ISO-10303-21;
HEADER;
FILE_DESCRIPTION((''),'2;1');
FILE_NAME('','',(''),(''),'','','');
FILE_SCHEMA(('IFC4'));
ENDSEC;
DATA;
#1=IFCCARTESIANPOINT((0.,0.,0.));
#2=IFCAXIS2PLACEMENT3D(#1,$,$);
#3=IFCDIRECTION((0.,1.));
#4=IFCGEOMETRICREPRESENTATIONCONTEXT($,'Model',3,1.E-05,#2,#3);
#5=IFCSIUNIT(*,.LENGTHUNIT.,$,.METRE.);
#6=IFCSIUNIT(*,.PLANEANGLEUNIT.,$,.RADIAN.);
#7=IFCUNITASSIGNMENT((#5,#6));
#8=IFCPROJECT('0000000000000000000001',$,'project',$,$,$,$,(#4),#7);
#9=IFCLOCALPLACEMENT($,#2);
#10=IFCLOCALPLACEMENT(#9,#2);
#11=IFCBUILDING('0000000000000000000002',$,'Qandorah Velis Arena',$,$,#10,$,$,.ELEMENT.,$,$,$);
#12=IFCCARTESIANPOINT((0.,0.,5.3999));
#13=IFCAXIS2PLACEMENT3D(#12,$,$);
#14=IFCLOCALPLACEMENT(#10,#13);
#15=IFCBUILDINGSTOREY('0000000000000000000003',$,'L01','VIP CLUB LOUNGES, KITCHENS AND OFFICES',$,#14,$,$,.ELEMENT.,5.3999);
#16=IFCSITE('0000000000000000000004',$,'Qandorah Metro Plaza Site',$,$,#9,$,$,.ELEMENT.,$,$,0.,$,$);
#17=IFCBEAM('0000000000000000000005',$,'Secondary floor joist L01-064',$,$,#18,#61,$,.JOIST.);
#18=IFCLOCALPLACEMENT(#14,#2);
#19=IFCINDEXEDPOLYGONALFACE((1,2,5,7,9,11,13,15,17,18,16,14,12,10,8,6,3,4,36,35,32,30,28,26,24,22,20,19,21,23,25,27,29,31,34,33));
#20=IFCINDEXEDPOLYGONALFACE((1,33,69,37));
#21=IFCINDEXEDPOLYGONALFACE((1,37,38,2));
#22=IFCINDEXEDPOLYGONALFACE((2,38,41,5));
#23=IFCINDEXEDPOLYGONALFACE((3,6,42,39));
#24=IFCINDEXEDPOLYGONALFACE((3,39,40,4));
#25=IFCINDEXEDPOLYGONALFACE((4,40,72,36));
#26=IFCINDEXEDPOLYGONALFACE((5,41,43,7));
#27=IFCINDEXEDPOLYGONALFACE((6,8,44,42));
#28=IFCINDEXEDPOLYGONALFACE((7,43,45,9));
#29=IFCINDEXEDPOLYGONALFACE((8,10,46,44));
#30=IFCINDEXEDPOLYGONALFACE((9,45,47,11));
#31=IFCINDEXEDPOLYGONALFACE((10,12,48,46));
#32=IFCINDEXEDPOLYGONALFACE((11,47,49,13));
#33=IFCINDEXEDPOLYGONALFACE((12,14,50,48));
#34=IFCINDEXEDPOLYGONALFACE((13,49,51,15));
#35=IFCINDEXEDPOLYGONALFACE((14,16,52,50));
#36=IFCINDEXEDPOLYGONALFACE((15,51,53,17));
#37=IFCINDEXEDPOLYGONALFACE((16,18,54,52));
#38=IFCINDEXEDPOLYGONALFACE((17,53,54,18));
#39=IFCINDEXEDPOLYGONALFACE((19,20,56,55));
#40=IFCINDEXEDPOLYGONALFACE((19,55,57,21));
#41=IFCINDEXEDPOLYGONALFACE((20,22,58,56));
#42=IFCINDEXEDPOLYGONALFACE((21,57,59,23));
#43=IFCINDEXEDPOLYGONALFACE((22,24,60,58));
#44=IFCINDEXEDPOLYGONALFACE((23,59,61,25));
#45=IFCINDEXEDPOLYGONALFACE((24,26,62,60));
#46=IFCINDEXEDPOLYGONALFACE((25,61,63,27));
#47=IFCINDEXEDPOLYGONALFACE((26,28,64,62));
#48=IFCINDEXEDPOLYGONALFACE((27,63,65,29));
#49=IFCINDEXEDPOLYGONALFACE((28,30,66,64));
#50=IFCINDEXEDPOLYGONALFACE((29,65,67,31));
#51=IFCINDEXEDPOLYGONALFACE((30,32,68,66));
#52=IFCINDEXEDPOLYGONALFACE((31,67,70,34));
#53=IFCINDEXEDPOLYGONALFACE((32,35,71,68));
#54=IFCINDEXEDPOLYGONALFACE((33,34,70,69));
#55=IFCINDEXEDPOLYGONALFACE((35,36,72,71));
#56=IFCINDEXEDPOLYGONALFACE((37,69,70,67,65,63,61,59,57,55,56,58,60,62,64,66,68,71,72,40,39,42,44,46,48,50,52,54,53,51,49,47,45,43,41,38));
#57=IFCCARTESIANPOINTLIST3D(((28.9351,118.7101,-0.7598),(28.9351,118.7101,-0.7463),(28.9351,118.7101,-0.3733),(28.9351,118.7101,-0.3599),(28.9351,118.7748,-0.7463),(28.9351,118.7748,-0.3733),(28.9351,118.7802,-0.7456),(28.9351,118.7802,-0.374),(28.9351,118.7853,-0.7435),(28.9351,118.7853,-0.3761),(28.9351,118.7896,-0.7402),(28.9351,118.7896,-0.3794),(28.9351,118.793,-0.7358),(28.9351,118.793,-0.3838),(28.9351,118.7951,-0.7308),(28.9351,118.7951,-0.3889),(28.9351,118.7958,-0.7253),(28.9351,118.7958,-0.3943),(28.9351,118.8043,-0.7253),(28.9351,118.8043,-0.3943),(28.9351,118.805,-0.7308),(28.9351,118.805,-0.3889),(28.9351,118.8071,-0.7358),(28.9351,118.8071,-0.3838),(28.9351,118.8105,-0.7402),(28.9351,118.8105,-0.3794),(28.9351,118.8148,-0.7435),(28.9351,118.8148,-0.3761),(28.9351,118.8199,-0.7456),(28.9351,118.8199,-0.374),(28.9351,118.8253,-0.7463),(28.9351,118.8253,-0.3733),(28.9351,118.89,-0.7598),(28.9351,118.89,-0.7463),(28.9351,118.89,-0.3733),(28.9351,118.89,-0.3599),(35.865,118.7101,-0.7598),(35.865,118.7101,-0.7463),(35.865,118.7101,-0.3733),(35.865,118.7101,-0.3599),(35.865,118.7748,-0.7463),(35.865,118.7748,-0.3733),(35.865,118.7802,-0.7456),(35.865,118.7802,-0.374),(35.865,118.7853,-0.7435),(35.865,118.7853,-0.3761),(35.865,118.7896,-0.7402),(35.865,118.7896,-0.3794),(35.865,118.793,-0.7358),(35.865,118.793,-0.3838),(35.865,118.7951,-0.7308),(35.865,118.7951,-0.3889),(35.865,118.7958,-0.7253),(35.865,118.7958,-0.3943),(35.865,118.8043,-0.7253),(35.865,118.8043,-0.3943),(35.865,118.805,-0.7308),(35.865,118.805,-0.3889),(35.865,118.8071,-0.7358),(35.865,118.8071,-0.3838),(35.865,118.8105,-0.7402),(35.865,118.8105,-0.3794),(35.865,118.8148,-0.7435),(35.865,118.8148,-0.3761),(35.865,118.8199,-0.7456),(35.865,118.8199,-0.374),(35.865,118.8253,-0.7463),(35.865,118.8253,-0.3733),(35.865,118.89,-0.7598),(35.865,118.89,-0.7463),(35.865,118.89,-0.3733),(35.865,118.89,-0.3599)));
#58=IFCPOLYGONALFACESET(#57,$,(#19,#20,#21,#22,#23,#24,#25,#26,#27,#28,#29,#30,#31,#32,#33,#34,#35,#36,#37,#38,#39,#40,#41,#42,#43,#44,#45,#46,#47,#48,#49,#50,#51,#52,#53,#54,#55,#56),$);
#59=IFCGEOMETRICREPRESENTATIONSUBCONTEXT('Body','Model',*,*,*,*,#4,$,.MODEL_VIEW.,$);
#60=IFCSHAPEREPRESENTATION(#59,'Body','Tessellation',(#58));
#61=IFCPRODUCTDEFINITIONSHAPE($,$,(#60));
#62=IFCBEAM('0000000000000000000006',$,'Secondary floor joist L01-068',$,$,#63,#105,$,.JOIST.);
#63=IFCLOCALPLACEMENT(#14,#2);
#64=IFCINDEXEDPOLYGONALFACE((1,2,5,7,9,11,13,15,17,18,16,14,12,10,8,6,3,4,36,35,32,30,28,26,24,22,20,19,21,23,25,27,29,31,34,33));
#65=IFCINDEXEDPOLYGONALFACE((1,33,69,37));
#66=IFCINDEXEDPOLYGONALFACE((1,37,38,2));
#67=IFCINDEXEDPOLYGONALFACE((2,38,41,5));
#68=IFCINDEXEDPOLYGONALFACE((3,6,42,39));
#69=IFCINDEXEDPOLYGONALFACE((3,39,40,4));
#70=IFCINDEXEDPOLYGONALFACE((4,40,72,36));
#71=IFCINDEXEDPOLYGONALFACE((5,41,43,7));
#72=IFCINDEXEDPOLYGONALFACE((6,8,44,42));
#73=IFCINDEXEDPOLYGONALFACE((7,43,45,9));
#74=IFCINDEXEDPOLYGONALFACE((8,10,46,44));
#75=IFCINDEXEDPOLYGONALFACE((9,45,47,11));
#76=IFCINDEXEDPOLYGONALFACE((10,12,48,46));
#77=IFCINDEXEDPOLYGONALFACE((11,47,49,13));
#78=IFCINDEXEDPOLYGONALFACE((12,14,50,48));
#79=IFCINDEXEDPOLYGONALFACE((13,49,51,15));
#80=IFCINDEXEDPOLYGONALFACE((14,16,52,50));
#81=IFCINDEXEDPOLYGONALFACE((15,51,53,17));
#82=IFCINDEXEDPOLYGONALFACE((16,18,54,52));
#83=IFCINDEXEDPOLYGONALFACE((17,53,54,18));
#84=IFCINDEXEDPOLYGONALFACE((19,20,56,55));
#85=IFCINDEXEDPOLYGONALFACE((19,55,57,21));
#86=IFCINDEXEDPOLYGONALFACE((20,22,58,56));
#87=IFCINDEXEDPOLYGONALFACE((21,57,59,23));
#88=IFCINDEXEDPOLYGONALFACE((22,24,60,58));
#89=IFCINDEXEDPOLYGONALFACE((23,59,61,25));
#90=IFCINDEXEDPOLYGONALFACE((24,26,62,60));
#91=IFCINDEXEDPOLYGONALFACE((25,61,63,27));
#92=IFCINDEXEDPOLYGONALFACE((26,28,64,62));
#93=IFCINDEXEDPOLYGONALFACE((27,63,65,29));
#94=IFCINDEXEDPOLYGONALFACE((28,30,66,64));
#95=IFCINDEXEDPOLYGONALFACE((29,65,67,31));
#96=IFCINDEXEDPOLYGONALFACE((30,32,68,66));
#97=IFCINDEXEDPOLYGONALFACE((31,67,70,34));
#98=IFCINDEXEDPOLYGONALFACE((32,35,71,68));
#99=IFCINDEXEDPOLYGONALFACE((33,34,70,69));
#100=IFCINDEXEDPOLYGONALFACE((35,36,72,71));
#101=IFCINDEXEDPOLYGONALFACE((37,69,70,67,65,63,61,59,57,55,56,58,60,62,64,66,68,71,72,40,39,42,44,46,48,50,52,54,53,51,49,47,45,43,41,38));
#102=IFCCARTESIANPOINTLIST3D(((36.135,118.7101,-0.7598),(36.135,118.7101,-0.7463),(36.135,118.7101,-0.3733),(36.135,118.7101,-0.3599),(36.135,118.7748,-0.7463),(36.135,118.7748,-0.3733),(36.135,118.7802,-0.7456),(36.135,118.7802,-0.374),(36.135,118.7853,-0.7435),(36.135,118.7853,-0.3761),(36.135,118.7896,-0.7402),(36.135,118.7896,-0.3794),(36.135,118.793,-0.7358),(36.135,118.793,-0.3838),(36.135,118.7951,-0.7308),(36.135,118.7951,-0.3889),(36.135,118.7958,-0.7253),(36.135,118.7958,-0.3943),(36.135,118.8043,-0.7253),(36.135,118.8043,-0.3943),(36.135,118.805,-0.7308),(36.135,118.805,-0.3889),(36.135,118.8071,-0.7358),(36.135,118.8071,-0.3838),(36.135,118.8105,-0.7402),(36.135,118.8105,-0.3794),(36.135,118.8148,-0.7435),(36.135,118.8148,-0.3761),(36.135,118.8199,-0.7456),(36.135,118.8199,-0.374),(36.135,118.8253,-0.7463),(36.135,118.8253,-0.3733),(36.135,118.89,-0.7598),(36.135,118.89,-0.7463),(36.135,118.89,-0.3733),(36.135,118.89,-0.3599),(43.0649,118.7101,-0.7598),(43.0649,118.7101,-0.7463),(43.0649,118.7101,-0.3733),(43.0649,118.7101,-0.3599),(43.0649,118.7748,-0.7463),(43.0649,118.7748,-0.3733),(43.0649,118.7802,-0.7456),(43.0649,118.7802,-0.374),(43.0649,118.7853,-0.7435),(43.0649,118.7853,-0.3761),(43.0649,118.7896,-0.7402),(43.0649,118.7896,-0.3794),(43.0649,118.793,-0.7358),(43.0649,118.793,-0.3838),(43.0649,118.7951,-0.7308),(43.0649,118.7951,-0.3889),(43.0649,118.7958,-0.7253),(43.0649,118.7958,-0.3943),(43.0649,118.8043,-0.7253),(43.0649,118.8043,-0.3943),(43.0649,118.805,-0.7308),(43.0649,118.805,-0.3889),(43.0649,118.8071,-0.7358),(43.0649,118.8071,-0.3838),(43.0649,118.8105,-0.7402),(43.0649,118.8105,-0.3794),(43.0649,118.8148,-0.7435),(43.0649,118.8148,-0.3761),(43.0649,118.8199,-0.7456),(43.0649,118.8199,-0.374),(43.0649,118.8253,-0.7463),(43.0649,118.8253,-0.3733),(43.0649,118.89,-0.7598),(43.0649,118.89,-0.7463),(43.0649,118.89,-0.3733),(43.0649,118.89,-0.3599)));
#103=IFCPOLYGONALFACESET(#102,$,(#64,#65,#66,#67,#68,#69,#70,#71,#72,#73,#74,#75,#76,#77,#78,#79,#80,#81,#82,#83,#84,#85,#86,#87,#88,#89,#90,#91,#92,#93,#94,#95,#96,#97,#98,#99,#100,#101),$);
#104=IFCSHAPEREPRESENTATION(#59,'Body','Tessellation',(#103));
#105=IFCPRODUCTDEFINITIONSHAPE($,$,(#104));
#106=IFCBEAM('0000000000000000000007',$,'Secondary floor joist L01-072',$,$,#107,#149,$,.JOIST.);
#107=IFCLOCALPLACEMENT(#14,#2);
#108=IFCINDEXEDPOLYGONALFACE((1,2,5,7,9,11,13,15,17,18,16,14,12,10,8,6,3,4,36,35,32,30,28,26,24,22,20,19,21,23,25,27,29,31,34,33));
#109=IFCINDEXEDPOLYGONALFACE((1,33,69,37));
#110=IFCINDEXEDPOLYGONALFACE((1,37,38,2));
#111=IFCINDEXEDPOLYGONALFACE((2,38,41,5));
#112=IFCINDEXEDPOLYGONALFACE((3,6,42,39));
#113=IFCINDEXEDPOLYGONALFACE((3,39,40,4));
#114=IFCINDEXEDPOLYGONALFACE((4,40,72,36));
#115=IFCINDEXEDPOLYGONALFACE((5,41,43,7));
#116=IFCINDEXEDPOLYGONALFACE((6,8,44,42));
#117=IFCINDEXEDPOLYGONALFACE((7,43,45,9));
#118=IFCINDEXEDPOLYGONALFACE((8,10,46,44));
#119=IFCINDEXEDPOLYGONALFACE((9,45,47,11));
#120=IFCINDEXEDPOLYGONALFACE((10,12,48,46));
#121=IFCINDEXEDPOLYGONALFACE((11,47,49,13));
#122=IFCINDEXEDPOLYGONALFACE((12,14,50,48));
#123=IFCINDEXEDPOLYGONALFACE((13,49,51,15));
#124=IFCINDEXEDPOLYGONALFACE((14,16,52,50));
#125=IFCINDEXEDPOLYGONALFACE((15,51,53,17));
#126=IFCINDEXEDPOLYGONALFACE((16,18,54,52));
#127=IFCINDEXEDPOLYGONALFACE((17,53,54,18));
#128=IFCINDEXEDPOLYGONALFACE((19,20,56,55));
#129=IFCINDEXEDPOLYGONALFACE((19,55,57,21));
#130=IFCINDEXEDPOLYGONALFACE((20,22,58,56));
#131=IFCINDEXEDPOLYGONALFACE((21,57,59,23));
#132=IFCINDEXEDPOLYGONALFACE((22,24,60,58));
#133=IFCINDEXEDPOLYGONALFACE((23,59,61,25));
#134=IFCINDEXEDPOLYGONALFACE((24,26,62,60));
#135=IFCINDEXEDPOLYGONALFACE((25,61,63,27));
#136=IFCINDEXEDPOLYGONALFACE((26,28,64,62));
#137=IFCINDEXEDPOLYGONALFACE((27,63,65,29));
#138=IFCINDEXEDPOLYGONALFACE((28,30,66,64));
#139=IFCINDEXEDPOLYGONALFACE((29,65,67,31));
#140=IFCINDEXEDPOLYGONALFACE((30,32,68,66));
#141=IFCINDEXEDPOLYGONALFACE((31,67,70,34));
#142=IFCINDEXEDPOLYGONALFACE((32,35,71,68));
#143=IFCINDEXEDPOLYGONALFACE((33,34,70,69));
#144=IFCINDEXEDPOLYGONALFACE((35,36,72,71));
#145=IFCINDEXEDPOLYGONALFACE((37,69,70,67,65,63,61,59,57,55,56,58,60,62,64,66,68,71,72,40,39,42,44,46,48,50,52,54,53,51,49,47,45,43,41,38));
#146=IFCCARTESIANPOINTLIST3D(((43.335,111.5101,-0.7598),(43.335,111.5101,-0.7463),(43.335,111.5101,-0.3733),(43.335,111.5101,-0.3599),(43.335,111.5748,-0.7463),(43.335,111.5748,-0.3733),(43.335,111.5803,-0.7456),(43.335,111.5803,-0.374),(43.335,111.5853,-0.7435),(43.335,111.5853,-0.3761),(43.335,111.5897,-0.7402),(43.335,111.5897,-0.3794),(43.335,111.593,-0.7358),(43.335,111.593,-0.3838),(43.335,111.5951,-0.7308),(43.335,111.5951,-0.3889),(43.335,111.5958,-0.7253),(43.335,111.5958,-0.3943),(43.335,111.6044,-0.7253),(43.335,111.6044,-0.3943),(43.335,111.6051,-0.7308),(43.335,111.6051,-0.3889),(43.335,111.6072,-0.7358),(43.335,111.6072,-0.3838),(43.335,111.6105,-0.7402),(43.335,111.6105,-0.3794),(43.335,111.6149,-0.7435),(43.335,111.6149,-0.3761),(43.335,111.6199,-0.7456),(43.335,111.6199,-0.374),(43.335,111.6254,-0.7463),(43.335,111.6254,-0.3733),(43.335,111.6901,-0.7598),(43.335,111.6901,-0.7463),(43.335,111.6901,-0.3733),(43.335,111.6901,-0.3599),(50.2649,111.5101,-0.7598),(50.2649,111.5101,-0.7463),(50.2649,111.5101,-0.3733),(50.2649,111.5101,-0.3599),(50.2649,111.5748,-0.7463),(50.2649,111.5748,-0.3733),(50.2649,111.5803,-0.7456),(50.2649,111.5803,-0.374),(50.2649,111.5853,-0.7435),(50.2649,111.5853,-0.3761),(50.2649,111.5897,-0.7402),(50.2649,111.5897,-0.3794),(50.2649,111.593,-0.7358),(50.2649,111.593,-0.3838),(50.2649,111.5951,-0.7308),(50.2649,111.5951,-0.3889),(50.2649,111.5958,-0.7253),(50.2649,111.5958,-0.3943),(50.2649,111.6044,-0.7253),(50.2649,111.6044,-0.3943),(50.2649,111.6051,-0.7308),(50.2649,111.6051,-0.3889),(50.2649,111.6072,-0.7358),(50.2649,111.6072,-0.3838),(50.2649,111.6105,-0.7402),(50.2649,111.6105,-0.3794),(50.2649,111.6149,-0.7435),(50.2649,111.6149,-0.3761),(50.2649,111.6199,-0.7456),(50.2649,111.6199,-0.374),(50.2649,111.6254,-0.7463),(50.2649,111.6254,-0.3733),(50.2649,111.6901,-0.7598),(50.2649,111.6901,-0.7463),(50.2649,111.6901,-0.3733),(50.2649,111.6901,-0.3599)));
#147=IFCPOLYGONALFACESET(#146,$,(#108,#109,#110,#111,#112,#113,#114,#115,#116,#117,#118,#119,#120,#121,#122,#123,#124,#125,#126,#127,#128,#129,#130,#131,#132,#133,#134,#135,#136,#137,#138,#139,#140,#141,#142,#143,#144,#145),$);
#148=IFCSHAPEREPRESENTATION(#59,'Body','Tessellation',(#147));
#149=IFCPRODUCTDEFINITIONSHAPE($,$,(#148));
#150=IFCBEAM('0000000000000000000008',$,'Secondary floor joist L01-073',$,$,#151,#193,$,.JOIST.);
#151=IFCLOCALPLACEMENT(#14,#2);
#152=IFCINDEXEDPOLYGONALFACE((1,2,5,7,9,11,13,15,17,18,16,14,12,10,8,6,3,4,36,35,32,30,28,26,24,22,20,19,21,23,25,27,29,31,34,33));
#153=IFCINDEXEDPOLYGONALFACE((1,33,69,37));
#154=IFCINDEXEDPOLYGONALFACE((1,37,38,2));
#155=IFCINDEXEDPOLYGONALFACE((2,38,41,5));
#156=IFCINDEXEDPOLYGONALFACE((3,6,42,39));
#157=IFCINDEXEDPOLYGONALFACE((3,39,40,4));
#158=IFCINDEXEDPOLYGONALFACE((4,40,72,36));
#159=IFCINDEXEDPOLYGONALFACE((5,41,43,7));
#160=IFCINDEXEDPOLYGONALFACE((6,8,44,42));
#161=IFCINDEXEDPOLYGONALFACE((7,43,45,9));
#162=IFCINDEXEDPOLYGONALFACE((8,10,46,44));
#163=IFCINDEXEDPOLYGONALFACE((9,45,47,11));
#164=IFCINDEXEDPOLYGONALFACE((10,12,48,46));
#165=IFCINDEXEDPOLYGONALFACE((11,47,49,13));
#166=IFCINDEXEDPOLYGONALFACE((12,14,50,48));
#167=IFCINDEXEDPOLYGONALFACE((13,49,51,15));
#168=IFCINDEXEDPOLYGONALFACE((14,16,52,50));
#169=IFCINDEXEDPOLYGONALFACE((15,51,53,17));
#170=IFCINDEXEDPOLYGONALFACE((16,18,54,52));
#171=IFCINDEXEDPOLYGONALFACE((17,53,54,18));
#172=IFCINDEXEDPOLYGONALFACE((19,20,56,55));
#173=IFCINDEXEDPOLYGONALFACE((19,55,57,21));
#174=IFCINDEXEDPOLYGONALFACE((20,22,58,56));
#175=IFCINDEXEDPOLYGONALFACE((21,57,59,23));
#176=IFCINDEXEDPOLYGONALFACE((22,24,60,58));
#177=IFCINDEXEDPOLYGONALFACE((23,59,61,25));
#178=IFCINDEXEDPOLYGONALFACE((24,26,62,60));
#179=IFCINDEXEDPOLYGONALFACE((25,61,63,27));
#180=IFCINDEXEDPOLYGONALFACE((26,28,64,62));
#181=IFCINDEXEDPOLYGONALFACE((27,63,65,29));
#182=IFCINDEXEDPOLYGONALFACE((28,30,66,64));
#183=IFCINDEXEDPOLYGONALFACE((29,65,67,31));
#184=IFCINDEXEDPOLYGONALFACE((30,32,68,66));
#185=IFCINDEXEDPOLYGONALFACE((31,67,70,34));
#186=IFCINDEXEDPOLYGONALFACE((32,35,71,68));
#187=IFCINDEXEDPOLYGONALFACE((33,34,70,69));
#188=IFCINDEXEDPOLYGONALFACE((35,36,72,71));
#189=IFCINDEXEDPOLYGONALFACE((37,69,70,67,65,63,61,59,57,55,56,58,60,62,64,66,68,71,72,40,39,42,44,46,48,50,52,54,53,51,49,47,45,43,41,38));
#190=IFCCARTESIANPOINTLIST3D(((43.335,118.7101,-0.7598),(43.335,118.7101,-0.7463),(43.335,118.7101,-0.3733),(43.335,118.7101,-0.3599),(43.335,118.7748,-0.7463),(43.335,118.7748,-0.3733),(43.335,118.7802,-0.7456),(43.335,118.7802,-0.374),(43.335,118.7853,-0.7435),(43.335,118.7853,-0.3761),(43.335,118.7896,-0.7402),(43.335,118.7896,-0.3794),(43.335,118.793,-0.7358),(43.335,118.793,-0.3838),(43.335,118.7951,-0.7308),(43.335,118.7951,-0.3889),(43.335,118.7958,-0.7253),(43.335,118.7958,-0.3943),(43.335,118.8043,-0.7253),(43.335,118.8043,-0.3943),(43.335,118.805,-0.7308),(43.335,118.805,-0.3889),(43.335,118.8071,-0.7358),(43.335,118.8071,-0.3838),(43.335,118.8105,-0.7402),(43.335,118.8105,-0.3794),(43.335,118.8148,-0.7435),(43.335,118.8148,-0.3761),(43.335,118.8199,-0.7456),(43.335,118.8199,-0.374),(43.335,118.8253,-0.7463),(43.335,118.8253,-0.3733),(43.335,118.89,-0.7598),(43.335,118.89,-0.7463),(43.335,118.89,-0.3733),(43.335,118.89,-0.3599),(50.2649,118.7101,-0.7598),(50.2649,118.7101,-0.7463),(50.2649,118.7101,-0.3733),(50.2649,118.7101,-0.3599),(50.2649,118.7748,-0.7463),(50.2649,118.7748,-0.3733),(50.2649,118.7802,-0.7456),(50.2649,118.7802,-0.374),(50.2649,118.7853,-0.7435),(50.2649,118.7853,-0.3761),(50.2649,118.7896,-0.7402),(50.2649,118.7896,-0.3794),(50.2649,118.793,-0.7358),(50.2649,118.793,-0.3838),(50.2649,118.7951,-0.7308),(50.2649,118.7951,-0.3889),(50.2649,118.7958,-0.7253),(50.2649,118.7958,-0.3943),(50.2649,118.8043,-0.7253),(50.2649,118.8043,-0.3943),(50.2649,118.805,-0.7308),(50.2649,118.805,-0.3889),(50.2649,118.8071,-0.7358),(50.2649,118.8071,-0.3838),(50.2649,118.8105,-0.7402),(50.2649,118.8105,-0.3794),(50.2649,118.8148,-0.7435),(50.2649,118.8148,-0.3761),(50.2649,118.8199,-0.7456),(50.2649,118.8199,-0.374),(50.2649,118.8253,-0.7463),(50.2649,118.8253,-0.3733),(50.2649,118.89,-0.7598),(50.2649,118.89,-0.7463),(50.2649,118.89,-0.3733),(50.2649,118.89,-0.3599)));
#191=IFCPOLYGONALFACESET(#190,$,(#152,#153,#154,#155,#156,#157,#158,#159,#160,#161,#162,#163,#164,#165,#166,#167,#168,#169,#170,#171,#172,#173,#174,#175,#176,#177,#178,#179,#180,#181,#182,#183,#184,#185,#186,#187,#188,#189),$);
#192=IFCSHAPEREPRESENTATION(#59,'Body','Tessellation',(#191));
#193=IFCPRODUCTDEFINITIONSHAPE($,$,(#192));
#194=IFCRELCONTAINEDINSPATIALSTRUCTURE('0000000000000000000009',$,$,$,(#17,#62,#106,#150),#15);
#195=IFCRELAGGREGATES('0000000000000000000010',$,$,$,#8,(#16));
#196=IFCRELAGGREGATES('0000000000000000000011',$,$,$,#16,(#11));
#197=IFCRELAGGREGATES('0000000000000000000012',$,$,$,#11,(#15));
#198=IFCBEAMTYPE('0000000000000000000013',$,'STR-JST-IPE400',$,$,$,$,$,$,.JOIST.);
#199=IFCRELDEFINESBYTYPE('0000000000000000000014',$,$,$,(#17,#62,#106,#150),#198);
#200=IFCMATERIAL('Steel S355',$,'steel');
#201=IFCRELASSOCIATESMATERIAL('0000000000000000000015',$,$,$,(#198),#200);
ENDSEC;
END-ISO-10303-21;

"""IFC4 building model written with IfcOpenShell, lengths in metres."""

from ifc_helpers import new_model, si_unit, direction, frame, origin, origin_2d, place, context, subcontext, project, spatial, i_section, extrude, material, material_profile, profile_set, type_object, element, save


model = new_model("IFC4")

# Units and contexts
model_context = context("Model", 3, precision=1e-05, world=origin(), true_north=direction((0.0, 1.0)))
body_context = subcontext(model_context, "Body", "Model", "MODEL_VIEW")
ifc_project = project(units=[si_unit("LENGTHUNIT", "METRE"), si_unit("PLANEANGLEUNIT", "RADIAN")], contexts=[model_context])

# Site, building, storey
site_placement = place(None, origin())
site = spatial("IfcSite", under=ifc_project, at=site_placement, Name="Qandorah Metro Plaza Site", CompositionType="ELEMENT", RefElevation=0.0)
building_placement = place(site_placement, origin())
building = spatial("IfcBuilding", under=site, at=building_placement, Name="Qandorah Velis Arena", CompositionType="ELEMENT")
storey_placement = place(building_placement, frame((0.0, 0.0, 5.3999)))
storey = spatial("IfcBuildingStorey", under=building, at=storey_placement, Name="L01", Description="VIP CLUB LOUNGES, KITCHENS AND OFFICES", CompositionType="ELEMENT", Elevation=5.3999)

# Beams
ifc_material_1 = material(Name="Steel S355", Category="steel")
ifc_material_profile_1 = material_profile(ifc_material_1, i_section(OverallWidth=0.1799, OverallDepth=0.3999, WebThickness=0.0085, FlangeThickness=0.0134, FilletRadius=0.021, at=origin_2d()), Name="IPE 400")
ifc_profile_set_1 = profile_set([ifc_material_profile_1], Name="Steel S355")
beam_type_1 = type_object("IfcBeamType", Name="STR-JST-IPE400", PredefinedType="JOIST", material=ifc_profile_set_1)
for number, where, z_axis, x_axis, name in (
    (1, (28.9351, 118.8, -0.5598), (1.0, 0.0, 0.0), (0.0, 1.0, 0.0), "Secondary floor joist L01-064"),
    (2, (36.135, 118.8, -0.5598), (1.0, 0.0, 0.0), (0.0, 1.0, 0.0), "Secondary floor joist L01-068"),
    (3, (43.335, 111.6001, -0.5598), (1.0, 0.0, 0.0), (0.0, 1.0, 0.0), "Secondary floor joist L01-072"),
    (4, (43.335, 118.8, -0.5598), (1.0, 0.0, 0.0), (0.0, 1.0, 0.0), "Secondary floor joist L01-073"),
):
    element("IfcBeam", number, at=place(storey_placement, frame(where, z_axis=z_axis, x_axis=x_axis)), inside=storey, type_object=beam_type_1, Name=name, PredefinedType="JOIST", context=body_context, shape_type="SweptSolid", body=[
        extrude(i_section(OverallWidth=0.1799, OverallDepth=0.3999, WebThickness=0.0085, FlangeThickness=0.0134, FilletRadius=0.021, at=origin_2d()), origin(), (0.0, 0.0, 1.0), 6.9299),
    ])

save(model, "model.ifc")
